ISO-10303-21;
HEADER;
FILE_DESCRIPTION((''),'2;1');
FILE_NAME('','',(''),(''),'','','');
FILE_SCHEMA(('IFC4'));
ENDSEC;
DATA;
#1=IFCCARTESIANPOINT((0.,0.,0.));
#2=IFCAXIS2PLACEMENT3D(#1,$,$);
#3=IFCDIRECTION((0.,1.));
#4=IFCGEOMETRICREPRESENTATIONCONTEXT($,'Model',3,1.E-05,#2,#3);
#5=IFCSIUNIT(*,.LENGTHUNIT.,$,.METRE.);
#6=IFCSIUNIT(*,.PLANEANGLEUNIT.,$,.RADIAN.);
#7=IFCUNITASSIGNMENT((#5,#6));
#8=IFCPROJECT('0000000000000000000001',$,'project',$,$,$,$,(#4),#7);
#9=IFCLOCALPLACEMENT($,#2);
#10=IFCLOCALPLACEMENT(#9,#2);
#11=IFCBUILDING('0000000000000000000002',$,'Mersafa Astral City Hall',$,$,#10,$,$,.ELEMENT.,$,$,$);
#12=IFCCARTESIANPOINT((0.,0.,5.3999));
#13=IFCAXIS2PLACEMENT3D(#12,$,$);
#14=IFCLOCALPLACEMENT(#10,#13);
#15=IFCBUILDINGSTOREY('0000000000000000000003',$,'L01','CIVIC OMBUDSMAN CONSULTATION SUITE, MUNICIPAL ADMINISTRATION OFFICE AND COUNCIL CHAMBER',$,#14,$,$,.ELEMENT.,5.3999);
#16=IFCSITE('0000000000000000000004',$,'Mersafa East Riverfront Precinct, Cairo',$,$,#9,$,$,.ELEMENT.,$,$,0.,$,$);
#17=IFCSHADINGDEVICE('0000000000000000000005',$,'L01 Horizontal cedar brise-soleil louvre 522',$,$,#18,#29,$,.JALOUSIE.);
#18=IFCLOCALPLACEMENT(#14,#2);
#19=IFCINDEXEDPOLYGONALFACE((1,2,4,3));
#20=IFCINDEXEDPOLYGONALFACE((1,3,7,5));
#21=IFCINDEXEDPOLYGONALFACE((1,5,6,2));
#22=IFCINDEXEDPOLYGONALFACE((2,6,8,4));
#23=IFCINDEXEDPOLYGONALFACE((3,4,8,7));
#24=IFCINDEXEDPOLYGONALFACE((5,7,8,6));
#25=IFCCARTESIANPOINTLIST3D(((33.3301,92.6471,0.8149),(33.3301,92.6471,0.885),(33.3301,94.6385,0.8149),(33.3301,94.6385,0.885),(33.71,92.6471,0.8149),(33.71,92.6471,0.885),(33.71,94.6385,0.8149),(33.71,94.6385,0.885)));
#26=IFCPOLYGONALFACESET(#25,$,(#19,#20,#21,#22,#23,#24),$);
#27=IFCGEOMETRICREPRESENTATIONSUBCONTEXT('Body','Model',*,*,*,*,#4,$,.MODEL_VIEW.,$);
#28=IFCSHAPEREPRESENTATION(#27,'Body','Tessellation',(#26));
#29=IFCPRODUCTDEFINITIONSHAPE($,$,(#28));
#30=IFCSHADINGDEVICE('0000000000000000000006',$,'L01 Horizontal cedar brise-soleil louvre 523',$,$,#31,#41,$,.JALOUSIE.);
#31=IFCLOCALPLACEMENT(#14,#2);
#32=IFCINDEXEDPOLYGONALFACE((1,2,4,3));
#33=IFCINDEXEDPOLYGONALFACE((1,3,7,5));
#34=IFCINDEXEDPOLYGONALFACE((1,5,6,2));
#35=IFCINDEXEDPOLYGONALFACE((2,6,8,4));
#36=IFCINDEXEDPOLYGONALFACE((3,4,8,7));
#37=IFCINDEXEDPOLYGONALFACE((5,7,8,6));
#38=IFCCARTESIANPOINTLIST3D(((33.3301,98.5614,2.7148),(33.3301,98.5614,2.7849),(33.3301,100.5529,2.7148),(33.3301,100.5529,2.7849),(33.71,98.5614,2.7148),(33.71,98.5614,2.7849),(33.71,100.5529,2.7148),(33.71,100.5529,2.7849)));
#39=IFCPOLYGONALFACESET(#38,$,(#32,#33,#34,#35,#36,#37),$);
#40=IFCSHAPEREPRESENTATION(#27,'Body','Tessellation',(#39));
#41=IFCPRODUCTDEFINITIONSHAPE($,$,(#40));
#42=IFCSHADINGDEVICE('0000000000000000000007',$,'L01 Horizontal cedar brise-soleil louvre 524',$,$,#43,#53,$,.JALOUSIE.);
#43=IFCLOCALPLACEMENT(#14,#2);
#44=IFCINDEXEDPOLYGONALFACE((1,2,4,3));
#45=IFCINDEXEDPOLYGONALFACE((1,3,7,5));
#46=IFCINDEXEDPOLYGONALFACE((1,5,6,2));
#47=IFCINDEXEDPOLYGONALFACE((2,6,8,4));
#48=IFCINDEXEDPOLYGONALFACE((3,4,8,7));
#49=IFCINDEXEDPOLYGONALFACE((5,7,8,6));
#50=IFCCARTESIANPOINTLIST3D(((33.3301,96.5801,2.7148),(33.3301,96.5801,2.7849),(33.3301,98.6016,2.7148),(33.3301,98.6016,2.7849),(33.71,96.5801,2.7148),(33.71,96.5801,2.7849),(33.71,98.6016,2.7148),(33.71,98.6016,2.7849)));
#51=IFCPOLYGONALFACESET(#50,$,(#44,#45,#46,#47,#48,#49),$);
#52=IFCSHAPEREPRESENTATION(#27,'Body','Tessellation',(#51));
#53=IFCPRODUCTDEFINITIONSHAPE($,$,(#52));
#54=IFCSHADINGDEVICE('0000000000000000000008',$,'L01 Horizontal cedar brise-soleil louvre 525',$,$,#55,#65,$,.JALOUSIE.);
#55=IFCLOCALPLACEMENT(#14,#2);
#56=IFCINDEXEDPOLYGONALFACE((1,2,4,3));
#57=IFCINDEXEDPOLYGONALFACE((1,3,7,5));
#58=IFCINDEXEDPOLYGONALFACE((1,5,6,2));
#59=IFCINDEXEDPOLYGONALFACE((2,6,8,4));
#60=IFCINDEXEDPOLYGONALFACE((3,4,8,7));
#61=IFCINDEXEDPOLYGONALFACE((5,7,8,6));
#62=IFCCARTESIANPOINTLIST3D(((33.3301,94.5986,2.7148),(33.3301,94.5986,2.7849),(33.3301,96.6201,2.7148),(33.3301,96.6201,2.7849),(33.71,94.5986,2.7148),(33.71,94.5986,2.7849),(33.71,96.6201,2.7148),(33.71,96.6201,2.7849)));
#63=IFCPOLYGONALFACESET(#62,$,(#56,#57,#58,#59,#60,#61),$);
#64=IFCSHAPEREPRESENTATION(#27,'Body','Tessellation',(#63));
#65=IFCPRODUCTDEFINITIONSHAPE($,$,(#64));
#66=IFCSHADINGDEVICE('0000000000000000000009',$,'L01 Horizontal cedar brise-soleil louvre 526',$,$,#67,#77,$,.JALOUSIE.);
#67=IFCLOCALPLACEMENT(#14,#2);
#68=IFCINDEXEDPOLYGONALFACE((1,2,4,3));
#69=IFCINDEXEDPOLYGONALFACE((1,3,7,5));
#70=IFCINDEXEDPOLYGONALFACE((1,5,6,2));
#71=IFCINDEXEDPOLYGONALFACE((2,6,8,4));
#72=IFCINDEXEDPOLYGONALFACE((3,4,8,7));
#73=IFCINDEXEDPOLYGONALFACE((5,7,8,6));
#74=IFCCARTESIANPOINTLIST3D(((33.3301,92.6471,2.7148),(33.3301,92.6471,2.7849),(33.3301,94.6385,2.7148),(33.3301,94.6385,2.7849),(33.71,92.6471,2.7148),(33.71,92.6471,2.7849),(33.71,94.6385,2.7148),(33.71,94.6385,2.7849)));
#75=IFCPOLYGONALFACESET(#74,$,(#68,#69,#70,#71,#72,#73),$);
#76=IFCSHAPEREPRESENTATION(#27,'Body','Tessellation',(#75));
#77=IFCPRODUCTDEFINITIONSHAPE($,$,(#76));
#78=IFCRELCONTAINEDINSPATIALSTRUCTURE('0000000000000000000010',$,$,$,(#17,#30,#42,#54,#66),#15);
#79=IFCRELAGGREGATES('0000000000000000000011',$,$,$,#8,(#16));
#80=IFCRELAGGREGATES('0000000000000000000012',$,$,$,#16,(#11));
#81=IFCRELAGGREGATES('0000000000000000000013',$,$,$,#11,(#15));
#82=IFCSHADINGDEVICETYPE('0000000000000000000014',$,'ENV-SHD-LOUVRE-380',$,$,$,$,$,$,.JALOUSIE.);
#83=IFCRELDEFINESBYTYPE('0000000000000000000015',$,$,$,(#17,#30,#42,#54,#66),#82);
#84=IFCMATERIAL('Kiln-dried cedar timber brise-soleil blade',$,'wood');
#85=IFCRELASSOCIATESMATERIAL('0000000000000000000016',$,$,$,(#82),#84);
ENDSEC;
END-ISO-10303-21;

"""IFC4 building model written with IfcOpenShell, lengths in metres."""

from ifc_helpers import new_model, si_unit, direction, frame, origin, origin_2d, place, context, subcontext, project, spatial, rectangle, extrude, material, type_object, element, save


model = new_model("IFC4")

# Units and contexts
model_context = context("Model", 3, precision=1e-05, world=origin(), true_north=direction((0.0, 1.0)))
body_context = subcontext(model_context, "Body", "Model", "MODEL_VIEW")
ifc_project = project(units=[si_unit("LENGTHUNIT", "METRE"), si_unit("PLANEANGLEUNIT", "RADIAN")], contexts=[model_context])

# Site, building, storey
site_placement = place(None, origin())
site = spatial("IfcSite", under=ifc_project, at=site_placement, Name="Mersafa East Riverfront Precinct, Cairo", CompositionType="ELEMENT", RefElevation=0.0)
building_placement = place(site_placement, origin())
building = spatial("IfcBuilding", under=site, at=building_placement, Name="Mersafa Astral City Hall", CompositionType="ELEMENT")
storey_placement = place(building_placement, frame((0.0, 0.0, 5.3999)))
storey = spatial("IfcBuildingStorey", under=building, at=storey_placement, Name="L01", Description="CIVIC OMBUDSMAN CONSULTATION SUITE, MUNICIPAL ADMINISTRATION OFFICE AND COUNCIL CHAMBER", CompositionType="ELEMENT", Elevation=5.3999)

# Shading devices
ifc_material_1 = material(Name="Kiln-dried cedar timber brise-soleil blade", Category="wood")
shading_device_type = type_object("IfcShadingDeviceType", Name="ENV-SHD-LOUVRE-380", PredefinedType="JALOUSIE", material=ifc_material_1)
for number, where, z_axis, x_axis, name in (
    (1, (33.52, 93.6428, 0.8149), (0.0, 0.0, 1.0), (0.0, -1.0, 0.0), "L01 Horizontal cedar brise-soleil louvre 522"),
    (2, (33.52, 99.5571, 2.7148), (0.0, 0.0, 1.0), (0.0, -1.0, 0.0), "L01 Horizontal cedar brise-soleil louvre 523"),
):
    element("IfcShadingDevice", number, at=place(storey_placement, frame(where, z_axis=z_axis, x_axis=x_axis)), inside=storey, type_object=shading_device_type, Name=name, PredefinedType="JALOUSIE", context=body_context, shape_type="SweptSolid", body=[
        extrude(rectangle(XDim=1.9915, YDim=0.3799, at=origin_2d()), origin(), (0.0, 0.0, 1.0), 0.0701),
    ])
for number, where, z_axis, x_axis, name in (
    (3, (33.52, 97.5908, 2.7148), (0.0, 0.0, 1.0), (0.0, -1.0, 0.0), "L01 Horizontal cedar brise-soleil louvre 524"),
    (4, (33.52, 95.6094, 2.7148), (0.0, 0.0, 1.0), (0.0, -1.0, 0.0), "L01 Horizontal cedar brise-soleil louvre 525"),
):
    element("IfcShadingDevice", number, at=place(storey_placement, frame(where, z_axis=z_axis, x_axis=x_axis)), inside=storey, type_object=shading_device_type, Name=name, PredefinedType="JALOUSIE", context=body_context, shape_type="SweptSolid", body=[
        extrude(rectangle(XDim=2.0215, YDim=0.3799, at=origin_2d()), origin(), (0.0, 0.0, 1.0), 0.0701),
    ])
shading_device_1_placement = place(storey_placement, frame((33.52, 93.6428, 2.7148), z_axis=(0.0, 0.0, 1.0), x_axis=(0.0, -1.0, 0.0)))
element("IfcShadingDevice", 5, at=shading_device_1_placement, inside=storey, type_object=shading_device_type, Name="L01 Horizontal cedar brise-soleil louvre 526", PredefinedType="JALOUSIE", context=body_context, shape_type="SweptSolid", body=[
    extrude(rectangle(XDim=1.9915, YDim=0.3799, at=origin_2d()), origin(), (0.0, 0.0, 1.0), 0.0701),
])

save(model, "model.ifc")
